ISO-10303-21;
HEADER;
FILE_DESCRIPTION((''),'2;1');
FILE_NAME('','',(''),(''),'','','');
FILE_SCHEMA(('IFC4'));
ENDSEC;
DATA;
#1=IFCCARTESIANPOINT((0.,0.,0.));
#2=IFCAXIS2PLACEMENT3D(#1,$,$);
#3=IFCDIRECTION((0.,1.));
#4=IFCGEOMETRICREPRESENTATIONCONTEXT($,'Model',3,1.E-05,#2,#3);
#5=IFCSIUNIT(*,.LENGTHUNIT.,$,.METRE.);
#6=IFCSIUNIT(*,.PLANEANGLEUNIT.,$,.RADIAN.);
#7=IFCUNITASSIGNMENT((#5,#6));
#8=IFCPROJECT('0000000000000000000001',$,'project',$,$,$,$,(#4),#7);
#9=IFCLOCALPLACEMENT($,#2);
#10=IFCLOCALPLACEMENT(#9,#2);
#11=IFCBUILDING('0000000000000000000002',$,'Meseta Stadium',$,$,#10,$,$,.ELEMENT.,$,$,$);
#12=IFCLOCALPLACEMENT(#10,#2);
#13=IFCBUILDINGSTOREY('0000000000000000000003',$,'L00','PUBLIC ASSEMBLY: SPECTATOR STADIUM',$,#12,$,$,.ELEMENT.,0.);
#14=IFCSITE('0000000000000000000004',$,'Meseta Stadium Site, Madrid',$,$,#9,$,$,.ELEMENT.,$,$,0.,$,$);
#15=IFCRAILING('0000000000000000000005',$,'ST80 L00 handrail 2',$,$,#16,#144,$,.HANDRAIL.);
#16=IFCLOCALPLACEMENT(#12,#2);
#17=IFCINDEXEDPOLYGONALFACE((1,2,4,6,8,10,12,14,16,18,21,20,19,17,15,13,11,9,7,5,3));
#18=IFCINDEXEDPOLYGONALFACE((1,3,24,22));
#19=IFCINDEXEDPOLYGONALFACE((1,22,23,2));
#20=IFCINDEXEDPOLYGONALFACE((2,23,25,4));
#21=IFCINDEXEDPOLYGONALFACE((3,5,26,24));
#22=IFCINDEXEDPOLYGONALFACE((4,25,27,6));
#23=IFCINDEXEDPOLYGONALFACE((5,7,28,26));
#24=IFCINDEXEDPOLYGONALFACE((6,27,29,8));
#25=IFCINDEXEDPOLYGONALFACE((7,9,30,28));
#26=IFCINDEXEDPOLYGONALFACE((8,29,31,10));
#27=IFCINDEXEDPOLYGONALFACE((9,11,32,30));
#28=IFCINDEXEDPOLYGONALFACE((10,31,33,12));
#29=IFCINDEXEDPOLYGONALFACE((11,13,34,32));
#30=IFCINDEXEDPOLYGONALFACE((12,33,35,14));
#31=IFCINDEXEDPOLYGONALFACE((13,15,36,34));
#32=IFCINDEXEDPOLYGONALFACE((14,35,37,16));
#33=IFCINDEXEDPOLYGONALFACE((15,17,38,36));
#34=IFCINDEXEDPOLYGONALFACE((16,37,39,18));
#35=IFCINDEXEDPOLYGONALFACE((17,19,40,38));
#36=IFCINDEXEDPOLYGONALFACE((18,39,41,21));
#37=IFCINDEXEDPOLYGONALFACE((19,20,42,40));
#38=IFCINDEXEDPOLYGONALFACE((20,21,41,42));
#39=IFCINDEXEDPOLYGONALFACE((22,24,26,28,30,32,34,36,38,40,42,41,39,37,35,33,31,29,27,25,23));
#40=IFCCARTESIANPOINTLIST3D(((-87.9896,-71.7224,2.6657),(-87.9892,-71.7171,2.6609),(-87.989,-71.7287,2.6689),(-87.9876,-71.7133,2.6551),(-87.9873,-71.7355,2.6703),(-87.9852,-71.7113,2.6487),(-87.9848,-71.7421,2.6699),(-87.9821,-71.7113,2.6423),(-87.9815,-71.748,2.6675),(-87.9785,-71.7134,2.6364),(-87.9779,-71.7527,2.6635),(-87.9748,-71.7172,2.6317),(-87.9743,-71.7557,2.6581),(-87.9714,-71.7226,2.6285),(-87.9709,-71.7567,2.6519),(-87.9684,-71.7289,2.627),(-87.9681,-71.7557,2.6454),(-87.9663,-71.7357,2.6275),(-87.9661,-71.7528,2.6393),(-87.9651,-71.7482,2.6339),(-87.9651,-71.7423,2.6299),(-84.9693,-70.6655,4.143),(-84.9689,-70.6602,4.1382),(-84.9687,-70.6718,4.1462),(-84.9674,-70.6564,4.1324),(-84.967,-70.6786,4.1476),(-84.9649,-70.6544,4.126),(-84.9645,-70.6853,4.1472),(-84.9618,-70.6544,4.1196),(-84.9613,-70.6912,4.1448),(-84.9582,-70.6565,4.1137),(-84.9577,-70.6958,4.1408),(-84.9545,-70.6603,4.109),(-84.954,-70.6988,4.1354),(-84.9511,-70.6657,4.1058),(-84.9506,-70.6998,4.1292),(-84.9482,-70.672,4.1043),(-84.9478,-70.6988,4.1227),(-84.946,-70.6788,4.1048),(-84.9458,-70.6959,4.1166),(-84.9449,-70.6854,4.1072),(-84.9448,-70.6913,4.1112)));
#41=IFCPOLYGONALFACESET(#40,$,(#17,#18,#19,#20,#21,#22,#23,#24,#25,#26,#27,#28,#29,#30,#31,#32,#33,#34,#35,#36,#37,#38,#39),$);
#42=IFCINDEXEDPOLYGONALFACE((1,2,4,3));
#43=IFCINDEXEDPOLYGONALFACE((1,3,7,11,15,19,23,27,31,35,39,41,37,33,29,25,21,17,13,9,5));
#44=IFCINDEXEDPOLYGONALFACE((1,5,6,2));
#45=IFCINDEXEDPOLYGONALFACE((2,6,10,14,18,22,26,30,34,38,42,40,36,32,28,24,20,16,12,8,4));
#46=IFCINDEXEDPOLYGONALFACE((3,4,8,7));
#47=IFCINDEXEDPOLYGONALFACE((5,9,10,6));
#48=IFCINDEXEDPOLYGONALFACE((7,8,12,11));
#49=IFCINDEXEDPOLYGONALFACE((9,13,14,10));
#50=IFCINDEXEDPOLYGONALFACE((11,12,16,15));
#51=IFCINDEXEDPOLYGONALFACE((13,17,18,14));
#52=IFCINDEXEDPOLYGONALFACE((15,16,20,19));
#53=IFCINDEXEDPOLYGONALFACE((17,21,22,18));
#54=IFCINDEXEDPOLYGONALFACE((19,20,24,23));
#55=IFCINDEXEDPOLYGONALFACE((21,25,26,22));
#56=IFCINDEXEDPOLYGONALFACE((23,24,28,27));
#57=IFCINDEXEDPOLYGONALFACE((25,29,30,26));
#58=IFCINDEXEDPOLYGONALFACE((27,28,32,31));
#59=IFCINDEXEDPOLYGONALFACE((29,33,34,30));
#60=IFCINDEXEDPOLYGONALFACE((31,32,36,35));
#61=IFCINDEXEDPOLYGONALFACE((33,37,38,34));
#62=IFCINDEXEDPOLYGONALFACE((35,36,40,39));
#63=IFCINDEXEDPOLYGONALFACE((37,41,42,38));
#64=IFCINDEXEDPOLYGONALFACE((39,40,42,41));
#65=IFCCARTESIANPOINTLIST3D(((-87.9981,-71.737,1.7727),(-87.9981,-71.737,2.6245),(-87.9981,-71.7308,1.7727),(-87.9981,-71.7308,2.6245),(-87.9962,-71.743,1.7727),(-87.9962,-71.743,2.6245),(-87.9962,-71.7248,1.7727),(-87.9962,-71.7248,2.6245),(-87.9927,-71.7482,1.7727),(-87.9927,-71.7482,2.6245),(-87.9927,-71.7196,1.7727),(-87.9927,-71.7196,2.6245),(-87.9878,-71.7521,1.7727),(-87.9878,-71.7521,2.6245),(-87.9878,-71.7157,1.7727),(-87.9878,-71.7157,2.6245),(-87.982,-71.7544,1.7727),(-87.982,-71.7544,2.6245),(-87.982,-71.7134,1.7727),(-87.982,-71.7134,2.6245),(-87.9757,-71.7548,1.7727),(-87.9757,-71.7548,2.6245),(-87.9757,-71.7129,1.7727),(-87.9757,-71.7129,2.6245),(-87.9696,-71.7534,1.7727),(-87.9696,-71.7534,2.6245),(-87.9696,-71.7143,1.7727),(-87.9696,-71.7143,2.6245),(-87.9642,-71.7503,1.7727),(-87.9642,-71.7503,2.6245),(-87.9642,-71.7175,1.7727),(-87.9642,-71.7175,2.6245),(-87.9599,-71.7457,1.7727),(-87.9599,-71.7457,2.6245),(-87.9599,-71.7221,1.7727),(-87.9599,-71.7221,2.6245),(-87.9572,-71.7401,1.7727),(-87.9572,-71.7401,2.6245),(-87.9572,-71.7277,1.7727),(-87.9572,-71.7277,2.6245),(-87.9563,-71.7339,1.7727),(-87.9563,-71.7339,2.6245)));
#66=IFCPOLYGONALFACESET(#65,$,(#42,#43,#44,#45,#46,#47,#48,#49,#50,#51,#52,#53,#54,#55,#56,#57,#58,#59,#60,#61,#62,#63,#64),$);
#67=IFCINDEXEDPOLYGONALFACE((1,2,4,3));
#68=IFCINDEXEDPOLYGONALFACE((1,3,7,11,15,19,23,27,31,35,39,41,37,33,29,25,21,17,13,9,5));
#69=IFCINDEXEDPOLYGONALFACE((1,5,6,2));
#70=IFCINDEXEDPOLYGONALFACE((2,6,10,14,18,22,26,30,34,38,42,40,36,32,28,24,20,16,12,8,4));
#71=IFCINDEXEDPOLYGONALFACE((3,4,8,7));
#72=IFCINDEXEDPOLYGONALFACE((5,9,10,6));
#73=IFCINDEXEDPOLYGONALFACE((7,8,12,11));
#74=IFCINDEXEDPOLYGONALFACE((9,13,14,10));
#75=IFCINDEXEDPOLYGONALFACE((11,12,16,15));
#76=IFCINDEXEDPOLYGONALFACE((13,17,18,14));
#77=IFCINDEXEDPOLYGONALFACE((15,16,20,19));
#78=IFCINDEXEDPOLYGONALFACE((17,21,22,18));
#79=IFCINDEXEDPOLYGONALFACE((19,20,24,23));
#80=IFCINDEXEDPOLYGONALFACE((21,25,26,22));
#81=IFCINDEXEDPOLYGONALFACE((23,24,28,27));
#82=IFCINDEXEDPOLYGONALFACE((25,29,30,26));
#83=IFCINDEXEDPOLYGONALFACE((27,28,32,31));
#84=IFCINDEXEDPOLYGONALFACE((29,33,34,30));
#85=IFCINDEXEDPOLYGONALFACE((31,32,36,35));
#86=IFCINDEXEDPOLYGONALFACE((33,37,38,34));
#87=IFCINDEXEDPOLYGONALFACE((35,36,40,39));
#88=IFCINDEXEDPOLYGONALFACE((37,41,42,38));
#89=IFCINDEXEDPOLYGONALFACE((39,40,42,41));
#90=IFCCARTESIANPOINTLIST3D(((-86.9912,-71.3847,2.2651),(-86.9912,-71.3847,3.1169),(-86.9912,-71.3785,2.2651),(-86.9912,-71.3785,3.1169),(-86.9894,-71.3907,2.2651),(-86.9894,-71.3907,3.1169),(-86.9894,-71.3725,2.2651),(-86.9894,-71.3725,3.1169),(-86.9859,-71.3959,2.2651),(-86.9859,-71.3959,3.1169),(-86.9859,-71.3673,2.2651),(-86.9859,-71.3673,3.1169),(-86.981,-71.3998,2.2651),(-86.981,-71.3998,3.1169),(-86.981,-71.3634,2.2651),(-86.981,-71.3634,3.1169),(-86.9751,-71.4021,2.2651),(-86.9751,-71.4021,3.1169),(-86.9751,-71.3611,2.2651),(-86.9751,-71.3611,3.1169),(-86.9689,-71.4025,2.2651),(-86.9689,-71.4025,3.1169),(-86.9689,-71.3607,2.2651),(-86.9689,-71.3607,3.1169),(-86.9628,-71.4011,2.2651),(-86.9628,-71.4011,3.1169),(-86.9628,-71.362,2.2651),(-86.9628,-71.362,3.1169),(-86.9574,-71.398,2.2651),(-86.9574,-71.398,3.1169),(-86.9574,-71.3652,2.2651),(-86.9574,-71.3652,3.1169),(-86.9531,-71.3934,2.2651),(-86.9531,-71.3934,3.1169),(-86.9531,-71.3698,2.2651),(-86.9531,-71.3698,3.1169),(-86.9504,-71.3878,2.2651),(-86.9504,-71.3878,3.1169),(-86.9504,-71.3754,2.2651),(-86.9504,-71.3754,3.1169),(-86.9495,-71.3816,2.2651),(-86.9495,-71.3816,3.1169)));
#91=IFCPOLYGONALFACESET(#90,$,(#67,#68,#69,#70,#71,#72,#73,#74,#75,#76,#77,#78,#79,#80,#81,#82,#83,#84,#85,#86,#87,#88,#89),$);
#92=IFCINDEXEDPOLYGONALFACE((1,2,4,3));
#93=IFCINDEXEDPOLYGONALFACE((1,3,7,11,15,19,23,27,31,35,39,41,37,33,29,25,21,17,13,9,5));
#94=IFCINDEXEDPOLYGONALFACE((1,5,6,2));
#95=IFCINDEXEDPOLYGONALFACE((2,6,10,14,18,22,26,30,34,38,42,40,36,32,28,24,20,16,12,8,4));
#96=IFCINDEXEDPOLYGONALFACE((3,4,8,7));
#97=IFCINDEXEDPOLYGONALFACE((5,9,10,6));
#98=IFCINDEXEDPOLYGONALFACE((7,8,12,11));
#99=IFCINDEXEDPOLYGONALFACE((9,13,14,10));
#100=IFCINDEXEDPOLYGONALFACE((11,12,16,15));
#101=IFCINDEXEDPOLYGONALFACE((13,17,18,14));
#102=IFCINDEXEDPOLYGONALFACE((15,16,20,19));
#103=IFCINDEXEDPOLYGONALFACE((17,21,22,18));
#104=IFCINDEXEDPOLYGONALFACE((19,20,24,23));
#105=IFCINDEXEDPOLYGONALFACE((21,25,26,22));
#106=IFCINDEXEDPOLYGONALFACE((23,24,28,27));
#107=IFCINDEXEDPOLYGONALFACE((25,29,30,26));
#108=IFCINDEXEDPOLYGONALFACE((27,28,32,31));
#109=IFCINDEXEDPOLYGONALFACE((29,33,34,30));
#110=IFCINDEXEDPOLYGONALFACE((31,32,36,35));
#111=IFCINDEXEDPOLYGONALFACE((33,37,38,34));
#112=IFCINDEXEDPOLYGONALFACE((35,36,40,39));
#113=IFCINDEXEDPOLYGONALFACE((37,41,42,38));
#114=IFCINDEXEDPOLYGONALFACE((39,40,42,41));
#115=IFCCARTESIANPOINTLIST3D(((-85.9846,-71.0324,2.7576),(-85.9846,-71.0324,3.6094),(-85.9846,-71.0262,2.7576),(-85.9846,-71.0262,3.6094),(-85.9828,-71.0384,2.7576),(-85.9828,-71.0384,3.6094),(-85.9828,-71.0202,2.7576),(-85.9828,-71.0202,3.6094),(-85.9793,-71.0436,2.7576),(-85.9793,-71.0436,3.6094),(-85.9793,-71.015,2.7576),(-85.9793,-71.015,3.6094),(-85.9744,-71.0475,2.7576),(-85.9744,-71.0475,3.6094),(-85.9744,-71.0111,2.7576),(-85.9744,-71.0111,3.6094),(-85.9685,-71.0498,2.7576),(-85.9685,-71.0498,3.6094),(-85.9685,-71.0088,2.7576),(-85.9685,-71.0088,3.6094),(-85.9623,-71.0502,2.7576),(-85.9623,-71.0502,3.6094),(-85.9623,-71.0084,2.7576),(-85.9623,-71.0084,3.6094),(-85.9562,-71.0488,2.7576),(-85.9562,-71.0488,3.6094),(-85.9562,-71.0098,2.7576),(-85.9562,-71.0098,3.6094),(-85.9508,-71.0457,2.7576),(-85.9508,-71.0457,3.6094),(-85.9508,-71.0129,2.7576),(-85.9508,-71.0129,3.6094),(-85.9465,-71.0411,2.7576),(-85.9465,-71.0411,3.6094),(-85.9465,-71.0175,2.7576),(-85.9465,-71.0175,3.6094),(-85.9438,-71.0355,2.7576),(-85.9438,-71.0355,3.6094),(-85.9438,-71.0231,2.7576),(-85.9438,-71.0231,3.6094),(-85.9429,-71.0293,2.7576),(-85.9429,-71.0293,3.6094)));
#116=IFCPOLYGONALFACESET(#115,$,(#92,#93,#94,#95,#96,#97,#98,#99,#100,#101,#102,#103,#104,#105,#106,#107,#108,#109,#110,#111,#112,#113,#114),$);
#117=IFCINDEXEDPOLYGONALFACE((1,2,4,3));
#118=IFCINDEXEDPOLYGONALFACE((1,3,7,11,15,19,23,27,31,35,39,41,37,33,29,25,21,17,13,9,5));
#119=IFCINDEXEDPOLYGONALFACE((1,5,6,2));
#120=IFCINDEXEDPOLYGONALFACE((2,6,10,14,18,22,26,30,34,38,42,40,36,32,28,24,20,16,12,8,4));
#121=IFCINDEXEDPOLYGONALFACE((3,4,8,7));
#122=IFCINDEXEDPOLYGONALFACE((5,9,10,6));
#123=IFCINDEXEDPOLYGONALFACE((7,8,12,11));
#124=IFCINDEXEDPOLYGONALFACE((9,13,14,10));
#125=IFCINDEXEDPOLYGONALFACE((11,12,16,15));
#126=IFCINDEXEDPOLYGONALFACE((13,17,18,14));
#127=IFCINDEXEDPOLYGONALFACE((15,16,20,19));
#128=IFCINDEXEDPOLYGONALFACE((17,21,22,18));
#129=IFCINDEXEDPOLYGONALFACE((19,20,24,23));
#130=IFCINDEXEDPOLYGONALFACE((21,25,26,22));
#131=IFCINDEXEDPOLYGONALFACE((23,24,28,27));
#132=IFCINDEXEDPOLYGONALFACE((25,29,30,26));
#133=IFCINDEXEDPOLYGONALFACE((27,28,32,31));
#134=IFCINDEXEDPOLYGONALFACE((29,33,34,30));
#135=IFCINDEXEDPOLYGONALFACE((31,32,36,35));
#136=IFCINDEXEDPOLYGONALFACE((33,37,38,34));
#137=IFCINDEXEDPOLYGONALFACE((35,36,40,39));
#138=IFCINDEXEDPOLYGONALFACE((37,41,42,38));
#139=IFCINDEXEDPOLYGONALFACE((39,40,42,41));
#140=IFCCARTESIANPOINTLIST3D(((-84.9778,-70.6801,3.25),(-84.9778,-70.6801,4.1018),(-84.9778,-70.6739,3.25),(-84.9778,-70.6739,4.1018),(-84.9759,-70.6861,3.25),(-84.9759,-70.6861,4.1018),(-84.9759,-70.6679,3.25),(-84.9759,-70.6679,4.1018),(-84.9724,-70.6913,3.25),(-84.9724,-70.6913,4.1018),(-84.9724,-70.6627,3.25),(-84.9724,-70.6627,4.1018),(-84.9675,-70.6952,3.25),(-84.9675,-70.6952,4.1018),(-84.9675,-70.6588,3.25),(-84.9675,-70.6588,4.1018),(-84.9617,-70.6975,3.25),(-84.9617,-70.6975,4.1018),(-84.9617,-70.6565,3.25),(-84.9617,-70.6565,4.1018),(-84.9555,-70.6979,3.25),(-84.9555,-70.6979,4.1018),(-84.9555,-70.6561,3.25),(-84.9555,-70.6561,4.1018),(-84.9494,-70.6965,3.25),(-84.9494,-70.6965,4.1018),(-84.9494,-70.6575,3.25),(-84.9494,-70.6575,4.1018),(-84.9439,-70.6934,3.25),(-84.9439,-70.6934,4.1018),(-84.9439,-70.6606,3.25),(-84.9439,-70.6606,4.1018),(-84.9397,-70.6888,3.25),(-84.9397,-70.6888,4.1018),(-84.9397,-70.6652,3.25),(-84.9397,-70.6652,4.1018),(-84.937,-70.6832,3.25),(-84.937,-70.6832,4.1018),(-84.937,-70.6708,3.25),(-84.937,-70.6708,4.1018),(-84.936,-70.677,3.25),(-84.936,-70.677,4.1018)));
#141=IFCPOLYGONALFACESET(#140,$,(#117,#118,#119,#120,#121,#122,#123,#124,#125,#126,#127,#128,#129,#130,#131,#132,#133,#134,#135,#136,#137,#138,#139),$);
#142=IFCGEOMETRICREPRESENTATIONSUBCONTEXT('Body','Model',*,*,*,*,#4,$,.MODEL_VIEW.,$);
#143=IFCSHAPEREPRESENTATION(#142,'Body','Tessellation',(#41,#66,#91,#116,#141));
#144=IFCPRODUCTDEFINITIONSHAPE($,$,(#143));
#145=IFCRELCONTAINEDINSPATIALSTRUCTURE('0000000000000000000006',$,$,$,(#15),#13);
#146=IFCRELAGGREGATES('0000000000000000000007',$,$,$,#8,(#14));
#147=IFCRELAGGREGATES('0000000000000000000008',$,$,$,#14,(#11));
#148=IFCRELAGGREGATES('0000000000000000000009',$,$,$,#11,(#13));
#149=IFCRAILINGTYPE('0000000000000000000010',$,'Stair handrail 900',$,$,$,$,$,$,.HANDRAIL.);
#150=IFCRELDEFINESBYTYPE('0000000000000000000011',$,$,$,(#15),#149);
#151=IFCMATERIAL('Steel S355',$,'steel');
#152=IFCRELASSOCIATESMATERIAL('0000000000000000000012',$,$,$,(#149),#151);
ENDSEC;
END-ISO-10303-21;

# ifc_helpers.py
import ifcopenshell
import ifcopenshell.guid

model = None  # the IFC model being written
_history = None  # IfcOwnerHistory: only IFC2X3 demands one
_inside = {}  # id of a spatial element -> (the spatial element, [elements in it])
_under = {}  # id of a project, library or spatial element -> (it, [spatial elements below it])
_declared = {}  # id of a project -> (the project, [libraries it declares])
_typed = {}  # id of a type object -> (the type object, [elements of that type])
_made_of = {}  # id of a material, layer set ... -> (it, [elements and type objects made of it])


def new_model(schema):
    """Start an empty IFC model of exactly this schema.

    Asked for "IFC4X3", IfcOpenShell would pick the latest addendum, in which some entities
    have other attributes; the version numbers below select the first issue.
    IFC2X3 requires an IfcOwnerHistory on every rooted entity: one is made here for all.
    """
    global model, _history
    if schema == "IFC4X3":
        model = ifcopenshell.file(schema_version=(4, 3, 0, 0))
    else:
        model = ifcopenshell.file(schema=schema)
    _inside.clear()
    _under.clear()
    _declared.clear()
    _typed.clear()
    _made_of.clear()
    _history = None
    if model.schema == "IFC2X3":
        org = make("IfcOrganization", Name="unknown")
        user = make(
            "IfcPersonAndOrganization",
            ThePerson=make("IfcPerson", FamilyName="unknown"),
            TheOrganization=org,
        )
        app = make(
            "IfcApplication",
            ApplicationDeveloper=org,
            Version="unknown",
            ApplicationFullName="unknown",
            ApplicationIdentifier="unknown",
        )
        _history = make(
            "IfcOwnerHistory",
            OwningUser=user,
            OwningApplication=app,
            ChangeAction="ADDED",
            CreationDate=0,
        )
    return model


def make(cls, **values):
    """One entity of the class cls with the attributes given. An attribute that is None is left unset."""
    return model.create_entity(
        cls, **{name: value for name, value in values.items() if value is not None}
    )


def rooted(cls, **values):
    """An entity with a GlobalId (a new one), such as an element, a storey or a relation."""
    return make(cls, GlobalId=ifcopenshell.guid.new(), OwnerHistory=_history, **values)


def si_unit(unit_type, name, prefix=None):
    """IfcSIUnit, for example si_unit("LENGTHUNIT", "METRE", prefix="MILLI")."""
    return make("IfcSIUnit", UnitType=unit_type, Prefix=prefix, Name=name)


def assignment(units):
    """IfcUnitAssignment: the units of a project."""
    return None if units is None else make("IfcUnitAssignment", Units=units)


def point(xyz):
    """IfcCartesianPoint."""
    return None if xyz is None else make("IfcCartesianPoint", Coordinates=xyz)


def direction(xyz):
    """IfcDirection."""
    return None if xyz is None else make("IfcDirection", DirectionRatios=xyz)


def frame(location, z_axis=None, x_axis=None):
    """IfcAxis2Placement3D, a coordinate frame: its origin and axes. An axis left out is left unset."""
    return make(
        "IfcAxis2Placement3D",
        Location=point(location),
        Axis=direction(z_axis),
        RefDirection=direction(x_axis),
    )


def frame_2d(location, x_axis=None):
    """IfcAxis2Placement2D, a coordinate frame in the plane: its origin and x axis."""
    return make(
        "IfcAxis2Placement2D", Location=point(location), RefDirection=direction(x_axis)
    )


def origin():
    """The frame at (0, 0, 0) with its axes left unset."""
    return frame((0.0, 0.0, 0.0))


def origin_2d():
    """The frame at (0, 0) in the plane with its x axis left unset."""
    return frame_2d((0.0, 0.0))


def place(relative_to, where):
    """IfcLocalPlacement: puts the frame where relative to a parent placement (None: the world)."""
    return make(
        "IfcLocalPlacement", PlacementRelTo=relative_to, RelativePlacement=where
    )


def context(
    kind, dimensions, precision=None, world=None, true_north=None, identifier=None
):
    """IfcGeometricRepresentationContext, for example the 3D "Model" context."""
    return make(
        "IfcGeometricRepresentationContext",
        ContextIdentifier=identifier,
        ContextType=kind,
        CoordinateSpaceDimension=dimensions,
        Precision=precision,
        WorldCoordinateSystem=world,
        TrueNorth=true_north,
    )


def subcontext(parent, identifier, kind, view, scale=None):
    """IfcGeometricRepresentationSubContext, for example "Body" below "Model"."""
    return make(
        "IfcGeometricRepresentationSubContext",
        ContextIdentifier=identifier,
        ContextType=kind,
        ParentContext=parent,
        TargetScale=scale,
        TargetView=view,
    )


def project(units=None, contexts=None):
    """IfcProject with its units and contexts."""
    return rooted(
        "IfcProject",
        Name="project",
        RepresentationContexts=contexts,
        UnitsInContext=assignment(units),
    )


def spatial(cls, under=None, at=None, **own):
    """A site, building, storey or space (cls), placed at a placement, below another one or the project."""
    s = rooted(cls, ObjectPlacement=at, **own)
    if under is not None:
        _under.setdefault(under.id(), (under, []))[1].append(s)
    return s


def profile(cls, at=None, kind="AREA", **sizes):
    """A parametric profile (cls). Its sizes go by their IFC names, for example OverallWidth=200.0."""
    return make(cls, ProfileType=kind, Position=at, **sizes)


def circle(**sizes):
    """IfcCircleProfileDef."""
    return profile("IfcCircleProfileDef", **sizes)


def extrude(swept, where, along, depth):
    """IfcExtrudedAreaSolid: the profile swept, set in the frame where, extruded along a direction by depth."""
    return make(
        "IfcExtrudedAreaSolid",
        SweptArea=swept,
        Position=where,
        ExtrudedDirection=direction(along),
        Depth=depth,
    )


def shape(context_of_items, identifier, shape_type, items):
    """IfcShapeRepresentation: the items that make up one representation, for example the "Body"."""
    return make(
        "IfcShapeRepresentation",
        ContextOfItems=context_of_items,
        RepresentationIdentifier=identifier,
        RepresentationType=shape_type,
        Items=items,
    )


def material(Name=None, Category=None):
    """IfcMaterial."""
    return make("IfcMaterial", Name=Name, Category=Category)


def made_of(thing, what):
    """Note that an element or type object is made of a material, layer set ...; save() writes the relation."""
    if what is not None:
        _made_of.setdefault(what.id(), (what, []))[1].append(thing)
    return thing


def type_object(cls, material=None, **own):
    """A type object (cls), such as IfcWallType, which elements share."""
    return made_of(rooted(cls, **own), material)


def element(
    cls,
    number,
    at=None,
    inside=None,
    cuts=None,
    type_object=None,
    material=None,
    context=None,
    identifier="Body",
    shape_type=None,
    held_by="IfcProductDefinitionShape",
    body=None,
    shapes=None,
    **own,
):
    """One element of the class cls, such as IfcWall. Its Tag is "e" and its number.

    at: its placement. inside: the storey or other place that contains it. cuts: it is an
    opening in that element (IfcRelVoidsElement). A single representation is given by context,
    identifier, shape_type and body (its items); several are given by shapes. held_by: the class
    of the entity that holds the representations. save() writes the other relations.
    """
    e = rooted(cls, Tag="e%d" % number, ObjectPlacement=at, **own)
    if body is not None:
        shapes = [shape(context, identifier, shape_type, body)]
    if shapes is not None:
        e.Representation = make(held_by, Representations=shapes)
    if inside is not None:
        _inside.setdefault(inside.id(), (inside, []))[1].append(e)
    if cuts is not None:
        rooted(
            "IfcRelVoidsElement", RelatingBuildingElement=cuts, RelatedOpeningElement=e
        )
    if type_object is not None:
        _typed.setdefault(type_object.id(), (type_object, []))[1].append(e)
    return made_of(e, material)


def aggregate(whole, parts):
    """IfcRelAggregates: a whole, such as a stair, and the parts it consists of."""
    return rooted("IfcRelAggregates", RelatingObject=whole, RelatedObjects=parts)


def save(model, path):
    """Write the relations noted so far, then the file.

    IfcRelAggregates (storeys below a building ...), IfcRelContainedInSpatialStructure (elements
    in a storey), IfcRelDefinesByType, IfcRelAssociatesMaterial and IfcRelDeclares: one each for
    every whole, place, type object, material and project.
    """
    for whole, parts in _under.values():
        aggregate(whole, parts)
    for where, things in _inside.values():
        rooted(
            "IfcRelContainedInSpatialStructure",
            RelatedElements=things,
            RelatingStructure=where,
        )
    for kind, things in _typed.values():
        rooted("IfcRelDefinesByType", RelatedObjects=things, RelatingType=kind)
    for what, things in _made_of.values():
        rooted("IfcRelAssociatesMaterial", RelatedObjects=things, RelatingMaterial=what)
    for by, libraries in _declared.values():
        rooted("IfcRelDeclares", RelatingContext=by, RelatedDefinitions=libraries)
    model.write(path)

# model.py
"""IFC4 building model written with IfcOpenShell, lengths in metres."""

from ifc_helpers import new_model, si_unit, direction, frame, origin, origin_2d, place, context, subcontext, project, spatial, circle, extrude, material, type_object, element, save


model = new_model("IFC4")

# Units and contexts
model_context = context("Model", 3, precision=1e-05, world=origin(), true_north=direction((0.0, 1.0)))
body_context = subcontext(model_context, "Body", "Model", "MODEL_VIEW")
ifc_project = project(units=[si_unit("LENGTHUNIT", "METRE"), si_unit("PLANEANGLEUNIT", "RADIAN")], contexts=[model_context])

# Site, building, storey
site_placement = place(None, origin())
site = spatial("IfcSite", under=ifc_project, at=site_placement, Name="Meseta Stadium Site, Madrid", CompositionType="ELEMENT", RefElevation=0.0)
building_placement = place(site_placement, origin())
building = spatial("IfcBuilding", under=site, at=building_placement, Name="Meseta Stadium", CompositionType="ELEMENT")
storey_placement = place(building_placement, origin())
storey = spatial("IfcBuildingStorey", under=building, at=storey_placement, Name="L00", Description="PUBLIC ASSEMBLY: SPECTATOR STADIUM", CompositionType="ELEMENT", Elevation=0.0)

# Railing
ifc_material_1 = material(Name="Steel S355", Category="steel")
railing_type_1 = type_object("IfcRailingType", Name="Stair handrail 900", PredefinedType="HANDRAIL", material=ifc_material_1)
railing_1_placement = place(storey_placement, frame((-87.9773, -71.7339, 1.7727)))
element("IfcRailing", 1, at=railing_1_placement, inside=storey, type_object=railing_type_1, Name="ST80 L00 handrail 2", PredefinedType="HANDRAIL", context=body_context, shape_type="SweptSolid", body=[
    extrude(circle(Radius=0.0239, at=origin_2d()), frame((0.0, 0.0, 0.876), z_axis=(0.856958, 0.299876, 0.419162), x_axis=(-0.330293, 0.943879, 0.0)), (0.0, 0.0, 1.0), 3.5244),
    extrude(circle(Radius=0.021, at=origin_2d()), origin(), (0.0, 0.0, 1.0), 0.8518),
    extrude(circle(Radius=0.021, at=origin_2d()), frame((1.0068, 0.3523, 0.4924)), (0.0, 0.0, 1.0), 0.8518),
    extrude(circle(Radius=0.021, at=origin_2d()), frame((2.0134, 0.7046, 0.9849)), (0.0, 0.0, 1.0), 0.8518),
    extrude(circle(Radius=0.021, at=origin_2d()), frame((3.0203, 1.0569, 1.4773)), (0.0, 0.0, 1.0), 0.8518),
])

save(model, "model.ifc")
